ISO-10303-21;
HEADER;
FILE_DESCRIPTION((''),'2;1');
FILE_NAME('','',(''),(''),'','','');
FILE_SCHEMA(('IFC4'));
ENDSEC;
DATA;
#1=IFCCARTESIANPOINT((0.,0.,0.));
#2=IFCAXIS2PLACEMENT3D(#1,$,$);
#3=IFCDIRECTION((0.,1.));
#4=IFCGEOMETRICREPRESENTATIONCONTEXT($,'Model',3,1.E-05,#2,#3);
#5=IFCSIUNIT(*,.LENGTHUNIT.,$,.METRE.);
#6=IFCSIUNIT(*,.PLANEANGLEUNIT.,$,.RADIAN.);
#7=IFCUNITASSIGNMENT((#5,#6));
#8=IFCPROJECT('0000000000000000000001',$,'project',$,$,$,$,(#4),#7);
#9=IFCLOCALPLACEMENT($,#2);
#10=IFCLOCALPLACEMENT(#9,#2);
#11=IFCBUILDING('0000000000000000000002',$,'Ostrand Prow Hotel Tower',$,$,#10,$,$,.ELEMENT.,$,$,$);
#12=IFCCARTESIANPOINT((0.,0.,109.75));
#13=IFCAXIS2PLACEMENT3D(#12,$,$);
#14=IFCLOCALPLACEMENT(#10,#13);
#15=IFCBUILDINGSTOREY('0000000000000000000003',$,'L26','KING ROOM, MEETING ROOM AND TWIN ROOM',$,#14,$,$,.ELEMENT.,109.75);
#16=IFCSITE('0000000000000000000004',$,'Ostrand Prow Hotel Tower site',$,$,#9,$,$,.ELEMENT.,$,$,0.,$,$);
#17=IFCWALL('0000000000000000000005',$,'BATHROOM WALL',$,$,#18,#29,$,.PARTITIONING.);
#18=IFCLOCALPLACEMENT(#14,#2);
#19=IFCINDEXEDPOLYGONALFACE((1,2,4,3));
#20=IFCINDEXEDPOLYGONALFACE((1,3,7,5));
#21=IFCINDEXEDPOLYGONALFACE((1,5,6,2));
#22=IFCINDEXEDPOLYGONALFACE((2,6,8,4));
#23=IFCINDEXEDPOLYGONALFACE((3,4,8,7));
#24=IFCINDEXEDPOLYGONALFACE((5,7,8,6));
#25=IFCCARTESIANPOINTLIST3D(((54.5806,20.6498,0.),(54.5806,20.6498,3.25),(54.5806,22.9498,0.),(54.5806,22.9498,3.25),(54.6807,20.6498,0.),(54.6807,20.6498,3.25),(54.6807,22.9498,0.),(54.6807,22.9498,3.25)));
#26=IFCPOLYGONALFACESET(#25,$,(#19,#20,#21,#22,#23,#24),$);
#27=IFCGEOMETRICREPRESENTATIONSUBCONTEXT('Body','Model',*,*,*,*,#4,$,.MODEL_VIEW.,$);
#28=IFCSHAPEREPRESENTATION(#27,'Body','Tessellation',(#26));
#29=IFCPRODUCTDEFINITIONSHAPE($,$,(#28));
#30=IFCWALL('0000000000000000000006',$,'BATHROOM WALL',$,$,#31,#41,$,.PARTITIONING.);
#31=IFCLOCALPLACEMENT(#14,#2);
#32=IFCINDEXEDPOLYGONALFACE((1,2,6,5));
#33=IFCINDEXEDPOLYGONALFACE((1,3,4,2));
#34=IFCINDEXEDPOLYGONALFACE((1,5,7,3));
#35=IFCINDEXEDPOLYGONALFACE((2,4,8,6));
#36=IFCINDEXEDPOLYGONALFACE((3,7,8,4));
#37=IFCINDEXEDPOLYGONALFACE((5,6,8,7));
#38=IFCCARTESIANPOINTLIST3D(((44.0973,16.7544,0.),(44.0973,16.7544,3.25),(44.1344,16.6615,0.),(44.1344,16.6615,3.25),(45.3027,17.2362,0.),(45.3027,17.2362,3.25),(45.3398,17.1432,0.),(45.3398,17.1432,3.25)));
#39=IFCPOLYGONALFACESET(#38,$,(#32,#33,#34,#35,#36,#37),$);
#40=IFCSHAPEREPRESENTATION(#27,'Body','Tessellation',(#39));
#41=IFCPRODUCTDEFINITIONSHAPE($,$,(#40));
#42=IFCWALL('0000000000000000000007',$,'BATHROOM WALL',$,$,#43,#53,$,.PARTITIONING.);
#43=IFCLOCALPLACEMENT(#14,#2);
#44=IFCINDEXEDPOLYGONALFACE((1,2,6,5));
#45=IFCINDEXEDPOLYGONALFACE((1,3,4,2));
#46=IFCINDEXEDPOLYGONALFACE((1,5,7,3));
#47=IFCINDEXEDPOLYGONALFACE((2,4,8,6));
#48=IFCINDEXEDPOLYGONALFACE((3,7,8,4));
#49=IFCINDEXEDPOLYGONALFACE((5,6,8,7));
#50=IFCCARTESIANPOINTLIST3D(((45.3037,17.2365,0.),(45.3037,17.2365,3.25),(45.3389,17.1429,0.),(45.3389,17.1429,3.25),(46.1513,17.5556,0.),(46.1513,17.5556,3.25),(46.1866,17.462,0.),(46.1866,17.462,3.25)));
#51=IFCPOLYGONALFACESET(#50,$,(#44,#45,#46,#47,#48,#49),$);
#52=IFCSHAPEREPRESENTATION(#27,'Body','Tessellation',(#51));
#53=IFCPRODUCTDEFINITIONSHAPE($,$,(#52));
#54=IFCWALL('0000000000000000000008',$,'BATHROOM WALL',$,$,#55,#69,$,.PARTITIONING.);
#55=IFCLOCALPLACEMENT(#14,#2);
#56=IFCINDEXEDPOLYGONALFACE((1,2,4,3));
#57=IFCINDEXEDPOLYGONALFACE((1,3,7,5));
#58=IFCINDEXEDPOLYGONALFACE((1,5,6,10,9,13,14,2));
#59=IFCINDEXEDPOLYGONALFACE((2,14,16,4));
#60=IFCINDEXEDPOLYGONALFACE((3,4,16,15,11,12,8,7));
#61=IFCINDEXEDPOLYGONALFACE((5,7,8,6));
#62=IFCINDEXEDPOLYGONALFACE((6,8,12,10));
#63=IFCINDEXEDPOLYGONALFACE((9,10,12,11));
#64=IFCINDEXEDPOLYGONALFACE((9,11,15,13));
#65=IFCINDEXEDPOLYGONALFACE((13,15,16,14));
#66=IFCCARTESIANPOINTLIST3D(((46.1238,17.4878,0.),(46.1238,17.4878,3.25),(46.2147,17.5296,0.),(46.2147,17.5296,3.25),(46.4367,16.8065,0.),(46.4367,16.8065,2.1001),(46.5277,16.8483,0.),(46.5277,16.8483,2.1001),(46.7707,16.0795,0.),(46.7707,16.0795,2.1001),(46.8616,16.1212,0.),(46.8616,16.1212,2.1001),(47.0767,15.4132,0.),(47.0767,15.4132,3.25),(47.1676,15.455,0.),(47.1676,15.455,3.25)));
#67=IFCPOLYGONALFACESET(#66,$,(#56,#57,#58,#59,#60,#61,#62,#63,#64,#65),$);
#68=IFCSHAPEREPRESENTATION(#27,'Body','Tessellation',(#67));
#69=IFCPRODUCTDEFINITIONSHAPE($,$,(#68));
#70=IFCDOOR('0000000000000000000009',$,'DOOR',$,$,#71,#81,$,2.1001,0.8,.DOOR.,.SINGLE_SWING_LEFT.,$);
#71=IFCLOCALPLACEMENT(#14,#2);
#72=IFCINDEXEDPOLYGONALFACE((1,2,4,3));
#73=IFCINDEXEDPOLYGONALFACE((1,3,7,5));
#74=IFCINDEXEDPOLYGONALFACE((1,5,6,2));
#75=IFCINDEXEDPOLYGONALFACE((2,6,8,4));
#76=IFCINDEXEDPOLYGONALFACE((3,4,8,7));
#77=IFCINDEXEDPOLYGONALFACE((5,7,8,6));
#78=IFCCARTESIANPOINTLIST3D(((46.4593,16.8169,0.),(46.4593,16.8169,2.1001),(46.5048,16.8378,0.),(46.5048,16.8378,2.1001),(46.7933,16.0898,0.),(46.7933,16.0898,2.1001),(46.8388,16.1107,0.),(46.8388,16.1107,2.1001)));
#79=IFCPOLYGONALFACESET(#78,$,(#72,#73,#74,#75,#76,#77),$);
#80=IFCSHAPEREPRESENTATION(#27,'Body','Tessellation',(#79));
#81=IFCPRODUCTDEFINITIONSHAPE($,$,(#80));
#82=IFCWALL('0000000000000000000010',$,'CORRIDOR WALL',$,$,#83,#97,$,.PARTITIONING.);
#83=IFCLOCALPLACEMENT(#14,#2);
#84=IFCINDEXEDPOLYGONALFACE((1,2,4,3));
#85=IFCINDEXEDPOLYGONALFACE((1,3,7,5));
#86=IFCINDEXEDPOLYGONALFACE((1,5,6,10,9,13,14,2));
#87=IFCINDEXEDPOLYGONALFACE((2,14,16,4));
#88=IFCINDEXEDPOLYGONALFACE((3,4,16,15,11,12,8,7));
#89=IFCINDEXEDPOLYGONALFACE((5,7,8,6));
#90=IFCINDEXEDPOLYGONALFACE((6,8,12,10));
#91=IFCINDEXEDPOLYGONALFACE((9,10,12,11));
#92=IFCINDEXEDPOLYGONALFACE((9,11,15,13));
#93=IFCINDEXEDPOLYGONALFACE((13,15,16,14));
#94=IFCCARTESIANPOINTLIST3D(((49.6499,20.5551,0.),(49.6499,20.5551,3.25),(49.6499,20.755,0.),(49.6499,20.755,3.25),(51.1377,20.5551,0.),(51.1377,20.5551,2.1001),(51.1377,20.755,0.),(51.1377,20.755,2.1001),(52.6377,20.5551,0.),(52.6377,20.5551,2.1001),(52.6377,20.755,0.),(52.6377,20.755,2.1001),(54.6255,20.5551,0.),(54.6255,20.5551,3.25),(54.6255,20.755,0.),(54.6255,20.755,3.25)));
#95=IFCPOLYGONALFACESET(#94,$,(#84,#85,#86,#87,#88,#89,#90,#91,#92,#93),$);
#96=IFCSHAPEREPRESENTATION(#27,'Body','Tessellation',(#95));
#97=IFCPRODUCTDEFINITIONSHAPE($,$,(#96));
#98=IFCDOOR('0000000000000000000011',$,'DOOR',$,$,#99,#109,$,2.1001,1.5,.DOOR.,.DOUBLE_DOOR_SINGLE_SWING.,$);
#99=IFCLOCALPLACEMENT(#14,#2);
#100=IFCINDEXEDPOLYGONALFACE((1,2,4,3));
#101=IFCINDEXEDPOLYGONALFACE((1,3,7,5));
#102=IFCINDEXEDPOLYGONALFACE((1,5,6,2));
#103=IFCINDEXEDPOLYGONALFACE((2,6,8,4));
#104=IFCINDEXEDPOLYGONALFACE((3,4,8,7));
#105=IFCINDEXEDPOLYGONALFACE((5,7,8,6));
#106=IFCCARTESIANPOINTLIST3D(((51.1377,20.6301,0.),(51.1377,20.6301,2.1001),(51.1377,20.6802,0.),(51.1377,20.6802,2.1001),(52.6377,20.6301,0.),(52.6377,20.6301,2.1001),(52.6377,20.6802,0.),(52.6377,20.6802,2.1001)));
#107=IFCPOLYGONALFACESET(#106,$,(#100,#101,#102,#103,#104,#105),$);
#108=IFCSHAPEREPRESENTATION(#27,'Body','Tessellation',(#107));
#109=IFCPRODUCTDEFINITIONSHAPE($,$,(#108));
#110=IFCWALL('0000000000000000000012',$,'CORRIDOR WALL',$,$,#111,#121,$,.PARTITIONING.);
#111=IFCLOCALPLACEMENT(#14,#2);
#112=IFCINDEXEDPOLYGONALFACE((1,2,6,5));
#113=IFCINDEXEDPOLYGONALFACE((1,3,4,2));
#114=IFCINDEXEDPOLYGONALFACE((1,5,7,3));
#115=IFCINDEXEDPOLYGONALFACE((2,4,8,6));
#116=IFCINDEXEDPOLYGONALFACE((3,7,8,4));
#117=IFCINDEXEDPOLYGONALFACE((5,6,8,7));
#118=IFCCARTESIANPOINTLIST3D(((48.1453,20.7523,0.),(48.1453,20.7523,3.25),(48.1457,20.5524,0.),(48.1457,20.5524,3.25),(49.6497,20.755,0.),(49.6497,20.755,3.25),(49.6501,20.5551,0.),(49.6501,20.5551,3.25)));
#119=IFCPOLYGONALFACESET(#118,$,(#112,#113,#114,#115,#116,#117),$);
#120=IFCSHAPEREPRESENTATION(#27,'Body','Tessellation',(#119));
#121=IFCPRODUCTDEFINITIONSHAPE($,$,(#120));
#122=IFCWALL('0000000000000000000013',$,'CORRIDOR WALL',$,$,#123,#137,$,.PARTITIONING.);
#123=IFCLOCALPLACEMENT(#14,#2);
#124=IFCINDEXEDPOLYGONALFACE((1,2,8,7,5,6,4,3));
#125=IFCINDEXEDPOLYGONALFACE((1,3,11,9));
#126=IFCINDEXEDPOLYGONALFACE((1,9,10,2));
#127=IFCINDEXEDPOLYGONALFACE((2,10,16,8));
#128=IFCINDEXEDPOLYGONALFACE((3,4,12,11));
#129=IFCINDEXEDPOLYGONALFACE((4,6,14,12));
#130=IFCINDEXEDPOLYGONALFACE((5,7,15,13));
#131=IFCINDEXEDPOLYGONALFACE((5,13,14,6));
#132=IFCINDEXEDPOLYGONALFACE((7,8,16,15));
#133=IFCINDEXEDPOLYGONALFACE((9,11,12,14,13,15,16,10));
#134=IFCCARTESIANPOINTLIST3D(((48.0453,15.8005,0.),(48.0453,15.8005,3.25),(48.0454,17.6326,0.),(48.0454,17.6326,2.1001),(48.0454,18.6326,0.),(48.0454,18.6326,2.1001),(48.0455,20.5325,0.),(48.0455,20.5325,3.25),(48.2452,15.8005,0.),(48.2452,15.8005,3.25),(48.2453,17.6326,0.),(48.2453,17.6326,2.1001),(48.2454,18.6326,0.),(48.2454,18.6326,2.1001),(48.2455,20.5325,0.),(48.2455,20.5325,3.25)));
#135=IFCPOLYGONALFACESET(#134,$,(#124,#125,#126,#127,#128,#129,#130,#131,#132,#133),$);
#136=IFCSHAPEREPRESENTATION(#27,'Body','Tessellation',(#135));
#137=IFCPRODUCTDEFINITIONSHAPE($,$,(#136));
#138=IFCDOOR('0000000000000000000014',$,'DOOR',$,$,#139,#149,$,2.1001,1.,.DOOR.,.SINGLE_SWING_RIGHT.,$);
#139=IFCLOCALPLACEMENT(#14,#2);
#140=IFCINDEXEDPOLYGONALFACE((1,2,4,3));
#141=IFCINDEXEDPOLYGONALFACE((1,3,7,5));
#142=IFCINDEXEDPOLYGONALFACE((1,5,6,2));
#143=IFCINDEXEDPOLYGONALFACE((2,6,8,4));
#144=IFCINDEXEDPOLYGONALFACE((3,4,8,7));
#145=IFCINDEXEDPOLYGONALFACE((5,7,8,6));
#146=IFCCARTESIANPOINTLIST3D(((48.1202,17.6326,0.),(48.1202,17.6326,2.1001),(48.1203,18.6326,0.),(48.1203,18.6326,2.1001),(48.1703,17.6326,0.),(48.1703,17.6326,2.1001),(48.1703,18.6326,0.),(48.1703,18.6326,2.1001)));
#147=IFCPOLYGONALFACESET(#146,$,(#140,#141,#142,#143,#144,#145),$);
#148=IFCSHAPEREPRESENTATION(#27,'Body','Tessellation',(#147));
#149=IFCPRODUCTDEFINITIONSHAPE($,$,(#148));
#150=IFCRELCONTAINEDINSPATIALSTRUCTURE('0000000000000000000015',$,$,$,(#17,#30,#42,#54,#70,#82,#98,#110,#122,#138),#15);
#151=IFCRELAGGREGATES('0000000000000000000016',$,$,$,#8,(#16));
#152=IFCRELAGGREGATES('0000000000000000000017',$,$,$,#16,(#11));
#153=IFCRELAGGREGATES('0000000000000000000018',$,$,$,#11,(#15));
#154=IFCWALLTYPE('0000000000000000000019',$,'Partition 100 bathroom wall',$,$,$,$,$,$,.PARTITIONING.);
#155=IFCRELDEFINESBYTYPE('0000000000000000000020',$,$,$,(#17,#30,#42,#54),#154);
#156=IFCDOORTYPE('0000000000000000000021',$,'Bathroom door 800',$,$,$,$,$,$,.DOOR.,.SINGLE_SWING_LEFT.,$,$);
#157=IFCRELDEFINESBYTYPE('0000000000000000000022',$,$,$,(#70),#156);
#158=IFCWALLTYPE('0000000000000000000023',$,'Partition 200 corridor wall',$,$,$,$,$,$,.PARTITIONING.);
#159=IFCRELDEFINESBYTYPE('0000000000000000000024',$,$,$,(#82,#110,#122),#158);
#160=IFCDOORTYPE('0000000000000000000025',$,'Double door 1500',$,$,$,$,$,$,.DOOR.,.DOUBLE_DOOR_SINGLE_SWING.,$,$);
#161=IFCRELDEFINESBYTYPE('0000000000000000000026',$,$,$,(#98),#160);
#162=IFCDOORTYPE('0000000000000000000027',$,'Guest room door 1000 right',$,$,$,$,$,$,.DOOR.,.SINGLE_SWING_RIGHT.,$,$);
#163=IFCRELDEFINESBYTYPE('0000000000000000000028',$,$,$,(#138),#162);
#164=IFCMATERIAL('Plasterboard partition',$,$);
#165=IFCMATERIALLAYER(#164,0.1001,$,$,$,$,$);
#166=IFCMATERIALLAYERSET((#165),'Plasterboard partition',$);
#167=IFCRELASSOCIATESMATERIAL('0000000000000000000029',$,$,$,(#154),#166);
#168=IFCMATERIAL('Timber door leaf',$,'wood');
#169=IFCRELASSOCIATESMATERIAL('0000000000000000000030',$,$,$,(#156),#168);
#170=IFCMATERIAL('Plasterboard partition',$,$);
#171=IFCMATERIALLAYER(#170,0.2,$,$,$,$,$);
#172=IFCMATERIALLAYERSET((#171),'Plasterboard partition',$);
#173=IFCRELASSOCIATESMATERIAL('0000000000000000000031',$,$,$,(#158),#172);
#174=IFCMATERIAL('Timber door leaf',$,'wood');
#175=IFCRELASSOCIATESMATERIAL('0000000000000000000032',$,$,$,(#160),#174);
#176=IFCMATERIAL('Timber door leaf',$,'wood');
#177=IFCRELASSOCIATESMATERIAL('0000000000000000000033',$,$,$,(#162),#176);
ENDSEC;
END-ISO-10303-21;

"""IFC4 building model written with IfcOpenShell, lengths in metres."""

from ifc_helpers import new_model, si_unit, direction, frame, frame_2d, origin, place, context, subcontext, project, spatial, rectangle, extrude, material, layer, layer_set, type_object, element, fill, save


model = new_model("IFC4")

# Units and contexts
model_context = context("Model", 3, precision=1e-05, world=origin(), true_north=direction((0.0, 1.0)))
body_context = subcontext(model_context, "Body", "Model", "MODEL_VIEW")
ifc_project = project(units=[si_unit("LENGTHUNIT", "METRE"), si_unit("PLANEANGLEUNIT", "RADIAN")], contexts=[model_context])

# Site, building, storey
site_placement = place(None, origin())
site = spatial("IfcSite", under=ifc_project, at=site_placement, Name="Ostrand Prow Hotel Tower site", CompositionType="ELEMENT", RefElevation=0.0)
building_placement = place(site_placement, origin())
building = spatial("IfcBuilding", under=site, at=building_placement, Name="Ostrand Prow Hotel Tower", CompositionType="ELEMENT")
storey_placement = place(building_placement, frame((0.0, 0.0, 109.75)))
storey = spatial("IfcBuildingStorey", under=building, at=storey_placement, Name="L26", Description="KING ROOM, MEETING ROOM AND TWIN ROOM", CompositionType="ELEMENT", Elevation=109.75)

# Walls
ifc_material_1 = material(Name="Plasterboard partition")
ifc_layer_1 = layer(ifc_material_1, 0.1001)
ifc_layer_set_1 = layer_set([ifc_layer_1], Name="Plasterboard partition")
wall_type_1 = type_object("IfcWallType", Name="Partition 100 bathroom wall", PredefinedType="PARTITIONING", material=ifc_layer_set_1)
wall_1_placement = place(storey_placement, frame((54.6306, 20.6499, 0.0), z_axis=(0.0, 0.0, 1.0), x_axis=(0.0, 1.0, 0.0)))
element("IfcWall", 1, at=wall_1_placement, inside=storey, type_object=wall_type_1, Name="BATHROOM WALL", PredefinedType="PARTITIONING", context=body_context, shape_type="SweptSolid", body=[
    extrude(rectangle(XDim=2.3, YDim=0.1001, at=frame_2d((1.1499, 0.0))), origin(), (0.0, 0.0, 1.0), 3.25),
])
wall_2_placement = place(storey_placement, frame((44.116, 16.708, 0.0), z_axis=(0.0, 0.0, 1.0), x_axis=(0.928593, 0.371099, 0.0)))
element("IfcWall", 2, at=wall_2_placement, inside=storey, type_object=wall_type_1, Name="BATHROOM WALL", PredefinedType="PARTITIONING", context=body_context, shape_type="SweptSolid", body=[
    extrude(rectangle(XDim=1.2981, YDim=0.1001, at=frame_2d((0.6489, 0.0))), origin(), (0.0, 0.0, 1.0), 3.25),
])
wall_3_placement = place(storey_placement, frame((45.3213, 17.1897, 0.0), z_axis=(0.0, 0.0, 1.0), x_axis=(0.935885, 0.352305, 0.0)))
element("IfcWall", 3, at=wall_3_placement, inside=storey, type_object=wall_type_1, Name="BATHROOM WALL", PredefinedType="PARTITIONING", context=body_context, shape_type="SweptSolid", body=[
    extrude(rectangle(XDim=0.9058, YDim=0.1001, at=frame_2d((0.4529, 0.0))), origin(), (0.0, 0.0, 1.0), 3.25),
])

# Walls, openings, doors
wall_4_placement = place(storey_placement, frame((46.1692, 17.5088, 0.0), z_axis=(0.0, 0.0, 1.0), x_axis=(0.417409, -0.908719, 0.0)))
wall_4 = element("IfcWall", 4, at=wall_4_placement, inside=storey, type_object=wall_type_1, Name="BATHROOM WALL", PredefinedType="PARTITIONING", context=body_context, shape_type="SweptSolid", body=[
    extrude(rectangle(XDim=2.283, YDim=0.1001, at=frame_2d((1.1416, 0.0))), origin(), (0.0, 0.0, 1.0), 3.25),
])
opening_1_placement = place(wall_4_placement, frame((0.75, 0.0, 0.0)))
opening_1 = element("IfcOpeningElement", 5, at=opening_1_placement, cuts=wall_4, PredefinedType="OPENING", context=body_context, shape_type="SweptSolid", body=[
    extrude(rectangle(XDim=0.8, YDim=2.1001, at=frame_2d((0.3999, 1.05))), frame((0.0, 0.0601, 0.0), z_axis=(0.0, -1.0, 0.0), x_axis=(1.0, 0.0, 0.0)), (0.0, 0.0, 1.0), 0.1201),
])
ifc_material_2 = material(Name="Timber door leaf", Category="wood")
door_type_1 = type_object("IfcDoorType", Name="Bathroom door 800", OperationType="SINGLE_SWING_LEFT", PredefinedType="DOOR", material=ifc_material_2)
door_1_placement = place(opening_1_placement, origin())
door_1 = element("IfcDoor", 6, at=door_1_placement, inside=storey, type_object=door_type_1, Name="DOOR", OperationType="SINGLE_SWING_LEFT", OverallHeight=2.1001, OverallWidth=0.8, PredefinedType="DOOR", context=body_context, shape_type="SweptSolid", body=[
    extrude(rectangle(XDim=0.8, YDim=2.1001, at=frame_2d((0.3999, 1.05))), frame((0.0, 0.0249, 0.0), z_axis=(0.0, -1.0, 0.0), x_axis=(1.0, 0.0, 0.0)), (0.0, 0.0, 1.0), 0.05),
])
fill(opening_1, door_1)
ifc_material_3 = material(Name="Plasterboard partition")
ifc_layer_2 = layer(ifc_material_3, 0.2)
ifc_layer_set_2 = layer_set([ifc_layer_2], Name="Plasterboard partition")
wall_type_2 = type_object("IfcWallType", Name="Partition 200 corridor wall", PredefinedType="PARTITIONING", material=ifc_layer_set_2)
wall_5_placement = place(storey_placement, frame((54.6255, 20.655, 0.0), z_axis=(0.0, 0.0, 1.0), x_axis=(-1.0, 0.0, 0.0)))
wall_5 = element("IfcWall", 7, at=wall_5_placement, inside=storey, type_object=wall_type_2, Name="CORRIDOR WALL", PredefinedType="PARTITIONING", context=body_context, shape_type="SweptSolid", body=[
    extrude(rectangle(XDim=4.9756, YDim=0.2, at=frame_2d((2.4878, 0.0))), origin(), (0.0, 0.0, 1.0), 3.25),
])
opening_2_placement = place(wall_5_placement, frame((1.9878, 0.0, 0.0)))
opening_2 = element("IfcOpeningElement", 8, at=opening_2_placement, cuts=wall_5, PredefinedType="OPENING", context=body_context, shape_type="SweptSolid", body=[
    extrude(rectangle(XDim=1.5, YDim=2.1001, at=frame_2d((0.75, 1.05))), frame((0.0, 0.1099, 0.0), z_axis=(0.0, -1.0, 0.0), x_axis=(1.0, 0.0, 0.0)), (0.0, 0.0, 1.0), 0.22),
])
ifc_material_4 = material(Name="Timber door leaf", Category="wood")
door_type_2 = type_object("IfcDoorType", Name="Double door 1500", OperationType="DOUBLE_DOOR_SINGLE_SWING", PredefinedType="DOOR", material=ifc_material_4)
door_2_placement = place(opening_2_placement, origin())
door_2 = element("IfcDoor", 9, at=door_2_placement, inside=storey, type_object=door_type_2, Name="DOOR", OperationType="DOUBLE_DOOR_SINGLE_SWING", OverallHeight=2.1001, OverallWidth=1.5, PredefinedType="DOOR", context=body_context, shape_type="SweptSolid", body=[
    extrude(rectangle(XDim=1.5, YDim=2.1001, at=frame_2d((0.75, 1.05))), frame((0.0, 0.0249, 0.0), z_axis=(0.0, -1.0, 0.0), x_axis=(1.0, 0.0, 0.0)), (0.0, 0.0, 1.0), 0.05),
])
fill(opening_2, door_2)

# Wall
wall_6_placement = place(storey_placement, frame((49.6499, 20.655, 0.0), z_axis=(0.0, 0.0, 1.0), x_axis=(-0.999998, -0.001785, 0.0)))
element("IfcWall", 10, at=wall_6_placement, inside=storey, type_object=wall_type_2, Name="CORRIDOR WALL", PredefinedType="PARTITIONING", context=body_context, shape_type="SweptSolid", body=[
    extrude(rectangle(XDim=1.5044, YDim=0.2, at=frame_2d((0.7522, 0.0))), origin(), (0.0, 0.0, 1.0), 3.25),
])

# Wall, opening, door
wall_7_placement = place(storey_placement, frame((48.1455, 20.5325, 0.0), z_axis=(0.0, 0.0, 1.0), x_axis=(-0.000052, -1.0, 0.0)))
wall_7 = element("IfcWall", 11, at=wall_7_placement, inside=storey, type_object=wall_type_2, Name="CORRIDOR WALL", PredefinedType="PARTITIONING", context=body_context, shape_type="SweptSolid", body=[
    extrude(rectangle(XDim=4.7319, YDim=0.2, at=frame_2d((2.366, 0.0))), origin(), (0.0, 0.0, 1.0), 3.25),
])
opening_3_placement = place(wall_7_placement, frame((1.8999, 0.0, 0.0)))
opening_3 = element("IfcOpeningElement", 12, at=opening_3_placement, cuts=wall_7, PredefinedType="OPENING", context=body_context, shape_type="SweptSolid", body=[
    extrude(rectangle(XDim=1.0, YDim=2.1001, at=frame_2d((0.5, 1.05))), frame((0.0, 0.1099, 0.0), z_axis=(0.0, -1.0, 0.0), x_axis=(1.0, 0.0, 0.0)), (0.0, 0.0, 1.0), 0.22),
])
ifc_material_5 = material(Name="Timber door leaf", Category="wood")
door_type_3 = type_object("IfcDoorType", Name="Guest room door 1000 right", OperationType="SINGLE_SWING_RIGHT", PredefinedType="DOOR", material=ifc_material_5)
door_3_placement = place(opening_3_placement, origin())
door_3 = element("IfcDoor", 13, at=door_3_placement, inside=storey, type_object=door_type_3, Name="DOOR", OperationType="SINGLE_SWING_RIGHT", OverallHeight=2.1001, OverallWidth=1.0, PredefinedType="DOOR", context=body_context, shape_type="SweptSolid", body=[
    extrude(rectangle(XDim=1.0, YDim=2.1001, at=frame_2d((0.5, 1.05))), frame((0.0, 0.0249, 0.0), z_axis=(0.0, -1.0, 0.0), x_axis=(1.0, 0.0, 0.0)), (0.0, 0.0, 1.0), 0.05),
])
fill(opening_3, door_3)

save(model, "model.ifc")
